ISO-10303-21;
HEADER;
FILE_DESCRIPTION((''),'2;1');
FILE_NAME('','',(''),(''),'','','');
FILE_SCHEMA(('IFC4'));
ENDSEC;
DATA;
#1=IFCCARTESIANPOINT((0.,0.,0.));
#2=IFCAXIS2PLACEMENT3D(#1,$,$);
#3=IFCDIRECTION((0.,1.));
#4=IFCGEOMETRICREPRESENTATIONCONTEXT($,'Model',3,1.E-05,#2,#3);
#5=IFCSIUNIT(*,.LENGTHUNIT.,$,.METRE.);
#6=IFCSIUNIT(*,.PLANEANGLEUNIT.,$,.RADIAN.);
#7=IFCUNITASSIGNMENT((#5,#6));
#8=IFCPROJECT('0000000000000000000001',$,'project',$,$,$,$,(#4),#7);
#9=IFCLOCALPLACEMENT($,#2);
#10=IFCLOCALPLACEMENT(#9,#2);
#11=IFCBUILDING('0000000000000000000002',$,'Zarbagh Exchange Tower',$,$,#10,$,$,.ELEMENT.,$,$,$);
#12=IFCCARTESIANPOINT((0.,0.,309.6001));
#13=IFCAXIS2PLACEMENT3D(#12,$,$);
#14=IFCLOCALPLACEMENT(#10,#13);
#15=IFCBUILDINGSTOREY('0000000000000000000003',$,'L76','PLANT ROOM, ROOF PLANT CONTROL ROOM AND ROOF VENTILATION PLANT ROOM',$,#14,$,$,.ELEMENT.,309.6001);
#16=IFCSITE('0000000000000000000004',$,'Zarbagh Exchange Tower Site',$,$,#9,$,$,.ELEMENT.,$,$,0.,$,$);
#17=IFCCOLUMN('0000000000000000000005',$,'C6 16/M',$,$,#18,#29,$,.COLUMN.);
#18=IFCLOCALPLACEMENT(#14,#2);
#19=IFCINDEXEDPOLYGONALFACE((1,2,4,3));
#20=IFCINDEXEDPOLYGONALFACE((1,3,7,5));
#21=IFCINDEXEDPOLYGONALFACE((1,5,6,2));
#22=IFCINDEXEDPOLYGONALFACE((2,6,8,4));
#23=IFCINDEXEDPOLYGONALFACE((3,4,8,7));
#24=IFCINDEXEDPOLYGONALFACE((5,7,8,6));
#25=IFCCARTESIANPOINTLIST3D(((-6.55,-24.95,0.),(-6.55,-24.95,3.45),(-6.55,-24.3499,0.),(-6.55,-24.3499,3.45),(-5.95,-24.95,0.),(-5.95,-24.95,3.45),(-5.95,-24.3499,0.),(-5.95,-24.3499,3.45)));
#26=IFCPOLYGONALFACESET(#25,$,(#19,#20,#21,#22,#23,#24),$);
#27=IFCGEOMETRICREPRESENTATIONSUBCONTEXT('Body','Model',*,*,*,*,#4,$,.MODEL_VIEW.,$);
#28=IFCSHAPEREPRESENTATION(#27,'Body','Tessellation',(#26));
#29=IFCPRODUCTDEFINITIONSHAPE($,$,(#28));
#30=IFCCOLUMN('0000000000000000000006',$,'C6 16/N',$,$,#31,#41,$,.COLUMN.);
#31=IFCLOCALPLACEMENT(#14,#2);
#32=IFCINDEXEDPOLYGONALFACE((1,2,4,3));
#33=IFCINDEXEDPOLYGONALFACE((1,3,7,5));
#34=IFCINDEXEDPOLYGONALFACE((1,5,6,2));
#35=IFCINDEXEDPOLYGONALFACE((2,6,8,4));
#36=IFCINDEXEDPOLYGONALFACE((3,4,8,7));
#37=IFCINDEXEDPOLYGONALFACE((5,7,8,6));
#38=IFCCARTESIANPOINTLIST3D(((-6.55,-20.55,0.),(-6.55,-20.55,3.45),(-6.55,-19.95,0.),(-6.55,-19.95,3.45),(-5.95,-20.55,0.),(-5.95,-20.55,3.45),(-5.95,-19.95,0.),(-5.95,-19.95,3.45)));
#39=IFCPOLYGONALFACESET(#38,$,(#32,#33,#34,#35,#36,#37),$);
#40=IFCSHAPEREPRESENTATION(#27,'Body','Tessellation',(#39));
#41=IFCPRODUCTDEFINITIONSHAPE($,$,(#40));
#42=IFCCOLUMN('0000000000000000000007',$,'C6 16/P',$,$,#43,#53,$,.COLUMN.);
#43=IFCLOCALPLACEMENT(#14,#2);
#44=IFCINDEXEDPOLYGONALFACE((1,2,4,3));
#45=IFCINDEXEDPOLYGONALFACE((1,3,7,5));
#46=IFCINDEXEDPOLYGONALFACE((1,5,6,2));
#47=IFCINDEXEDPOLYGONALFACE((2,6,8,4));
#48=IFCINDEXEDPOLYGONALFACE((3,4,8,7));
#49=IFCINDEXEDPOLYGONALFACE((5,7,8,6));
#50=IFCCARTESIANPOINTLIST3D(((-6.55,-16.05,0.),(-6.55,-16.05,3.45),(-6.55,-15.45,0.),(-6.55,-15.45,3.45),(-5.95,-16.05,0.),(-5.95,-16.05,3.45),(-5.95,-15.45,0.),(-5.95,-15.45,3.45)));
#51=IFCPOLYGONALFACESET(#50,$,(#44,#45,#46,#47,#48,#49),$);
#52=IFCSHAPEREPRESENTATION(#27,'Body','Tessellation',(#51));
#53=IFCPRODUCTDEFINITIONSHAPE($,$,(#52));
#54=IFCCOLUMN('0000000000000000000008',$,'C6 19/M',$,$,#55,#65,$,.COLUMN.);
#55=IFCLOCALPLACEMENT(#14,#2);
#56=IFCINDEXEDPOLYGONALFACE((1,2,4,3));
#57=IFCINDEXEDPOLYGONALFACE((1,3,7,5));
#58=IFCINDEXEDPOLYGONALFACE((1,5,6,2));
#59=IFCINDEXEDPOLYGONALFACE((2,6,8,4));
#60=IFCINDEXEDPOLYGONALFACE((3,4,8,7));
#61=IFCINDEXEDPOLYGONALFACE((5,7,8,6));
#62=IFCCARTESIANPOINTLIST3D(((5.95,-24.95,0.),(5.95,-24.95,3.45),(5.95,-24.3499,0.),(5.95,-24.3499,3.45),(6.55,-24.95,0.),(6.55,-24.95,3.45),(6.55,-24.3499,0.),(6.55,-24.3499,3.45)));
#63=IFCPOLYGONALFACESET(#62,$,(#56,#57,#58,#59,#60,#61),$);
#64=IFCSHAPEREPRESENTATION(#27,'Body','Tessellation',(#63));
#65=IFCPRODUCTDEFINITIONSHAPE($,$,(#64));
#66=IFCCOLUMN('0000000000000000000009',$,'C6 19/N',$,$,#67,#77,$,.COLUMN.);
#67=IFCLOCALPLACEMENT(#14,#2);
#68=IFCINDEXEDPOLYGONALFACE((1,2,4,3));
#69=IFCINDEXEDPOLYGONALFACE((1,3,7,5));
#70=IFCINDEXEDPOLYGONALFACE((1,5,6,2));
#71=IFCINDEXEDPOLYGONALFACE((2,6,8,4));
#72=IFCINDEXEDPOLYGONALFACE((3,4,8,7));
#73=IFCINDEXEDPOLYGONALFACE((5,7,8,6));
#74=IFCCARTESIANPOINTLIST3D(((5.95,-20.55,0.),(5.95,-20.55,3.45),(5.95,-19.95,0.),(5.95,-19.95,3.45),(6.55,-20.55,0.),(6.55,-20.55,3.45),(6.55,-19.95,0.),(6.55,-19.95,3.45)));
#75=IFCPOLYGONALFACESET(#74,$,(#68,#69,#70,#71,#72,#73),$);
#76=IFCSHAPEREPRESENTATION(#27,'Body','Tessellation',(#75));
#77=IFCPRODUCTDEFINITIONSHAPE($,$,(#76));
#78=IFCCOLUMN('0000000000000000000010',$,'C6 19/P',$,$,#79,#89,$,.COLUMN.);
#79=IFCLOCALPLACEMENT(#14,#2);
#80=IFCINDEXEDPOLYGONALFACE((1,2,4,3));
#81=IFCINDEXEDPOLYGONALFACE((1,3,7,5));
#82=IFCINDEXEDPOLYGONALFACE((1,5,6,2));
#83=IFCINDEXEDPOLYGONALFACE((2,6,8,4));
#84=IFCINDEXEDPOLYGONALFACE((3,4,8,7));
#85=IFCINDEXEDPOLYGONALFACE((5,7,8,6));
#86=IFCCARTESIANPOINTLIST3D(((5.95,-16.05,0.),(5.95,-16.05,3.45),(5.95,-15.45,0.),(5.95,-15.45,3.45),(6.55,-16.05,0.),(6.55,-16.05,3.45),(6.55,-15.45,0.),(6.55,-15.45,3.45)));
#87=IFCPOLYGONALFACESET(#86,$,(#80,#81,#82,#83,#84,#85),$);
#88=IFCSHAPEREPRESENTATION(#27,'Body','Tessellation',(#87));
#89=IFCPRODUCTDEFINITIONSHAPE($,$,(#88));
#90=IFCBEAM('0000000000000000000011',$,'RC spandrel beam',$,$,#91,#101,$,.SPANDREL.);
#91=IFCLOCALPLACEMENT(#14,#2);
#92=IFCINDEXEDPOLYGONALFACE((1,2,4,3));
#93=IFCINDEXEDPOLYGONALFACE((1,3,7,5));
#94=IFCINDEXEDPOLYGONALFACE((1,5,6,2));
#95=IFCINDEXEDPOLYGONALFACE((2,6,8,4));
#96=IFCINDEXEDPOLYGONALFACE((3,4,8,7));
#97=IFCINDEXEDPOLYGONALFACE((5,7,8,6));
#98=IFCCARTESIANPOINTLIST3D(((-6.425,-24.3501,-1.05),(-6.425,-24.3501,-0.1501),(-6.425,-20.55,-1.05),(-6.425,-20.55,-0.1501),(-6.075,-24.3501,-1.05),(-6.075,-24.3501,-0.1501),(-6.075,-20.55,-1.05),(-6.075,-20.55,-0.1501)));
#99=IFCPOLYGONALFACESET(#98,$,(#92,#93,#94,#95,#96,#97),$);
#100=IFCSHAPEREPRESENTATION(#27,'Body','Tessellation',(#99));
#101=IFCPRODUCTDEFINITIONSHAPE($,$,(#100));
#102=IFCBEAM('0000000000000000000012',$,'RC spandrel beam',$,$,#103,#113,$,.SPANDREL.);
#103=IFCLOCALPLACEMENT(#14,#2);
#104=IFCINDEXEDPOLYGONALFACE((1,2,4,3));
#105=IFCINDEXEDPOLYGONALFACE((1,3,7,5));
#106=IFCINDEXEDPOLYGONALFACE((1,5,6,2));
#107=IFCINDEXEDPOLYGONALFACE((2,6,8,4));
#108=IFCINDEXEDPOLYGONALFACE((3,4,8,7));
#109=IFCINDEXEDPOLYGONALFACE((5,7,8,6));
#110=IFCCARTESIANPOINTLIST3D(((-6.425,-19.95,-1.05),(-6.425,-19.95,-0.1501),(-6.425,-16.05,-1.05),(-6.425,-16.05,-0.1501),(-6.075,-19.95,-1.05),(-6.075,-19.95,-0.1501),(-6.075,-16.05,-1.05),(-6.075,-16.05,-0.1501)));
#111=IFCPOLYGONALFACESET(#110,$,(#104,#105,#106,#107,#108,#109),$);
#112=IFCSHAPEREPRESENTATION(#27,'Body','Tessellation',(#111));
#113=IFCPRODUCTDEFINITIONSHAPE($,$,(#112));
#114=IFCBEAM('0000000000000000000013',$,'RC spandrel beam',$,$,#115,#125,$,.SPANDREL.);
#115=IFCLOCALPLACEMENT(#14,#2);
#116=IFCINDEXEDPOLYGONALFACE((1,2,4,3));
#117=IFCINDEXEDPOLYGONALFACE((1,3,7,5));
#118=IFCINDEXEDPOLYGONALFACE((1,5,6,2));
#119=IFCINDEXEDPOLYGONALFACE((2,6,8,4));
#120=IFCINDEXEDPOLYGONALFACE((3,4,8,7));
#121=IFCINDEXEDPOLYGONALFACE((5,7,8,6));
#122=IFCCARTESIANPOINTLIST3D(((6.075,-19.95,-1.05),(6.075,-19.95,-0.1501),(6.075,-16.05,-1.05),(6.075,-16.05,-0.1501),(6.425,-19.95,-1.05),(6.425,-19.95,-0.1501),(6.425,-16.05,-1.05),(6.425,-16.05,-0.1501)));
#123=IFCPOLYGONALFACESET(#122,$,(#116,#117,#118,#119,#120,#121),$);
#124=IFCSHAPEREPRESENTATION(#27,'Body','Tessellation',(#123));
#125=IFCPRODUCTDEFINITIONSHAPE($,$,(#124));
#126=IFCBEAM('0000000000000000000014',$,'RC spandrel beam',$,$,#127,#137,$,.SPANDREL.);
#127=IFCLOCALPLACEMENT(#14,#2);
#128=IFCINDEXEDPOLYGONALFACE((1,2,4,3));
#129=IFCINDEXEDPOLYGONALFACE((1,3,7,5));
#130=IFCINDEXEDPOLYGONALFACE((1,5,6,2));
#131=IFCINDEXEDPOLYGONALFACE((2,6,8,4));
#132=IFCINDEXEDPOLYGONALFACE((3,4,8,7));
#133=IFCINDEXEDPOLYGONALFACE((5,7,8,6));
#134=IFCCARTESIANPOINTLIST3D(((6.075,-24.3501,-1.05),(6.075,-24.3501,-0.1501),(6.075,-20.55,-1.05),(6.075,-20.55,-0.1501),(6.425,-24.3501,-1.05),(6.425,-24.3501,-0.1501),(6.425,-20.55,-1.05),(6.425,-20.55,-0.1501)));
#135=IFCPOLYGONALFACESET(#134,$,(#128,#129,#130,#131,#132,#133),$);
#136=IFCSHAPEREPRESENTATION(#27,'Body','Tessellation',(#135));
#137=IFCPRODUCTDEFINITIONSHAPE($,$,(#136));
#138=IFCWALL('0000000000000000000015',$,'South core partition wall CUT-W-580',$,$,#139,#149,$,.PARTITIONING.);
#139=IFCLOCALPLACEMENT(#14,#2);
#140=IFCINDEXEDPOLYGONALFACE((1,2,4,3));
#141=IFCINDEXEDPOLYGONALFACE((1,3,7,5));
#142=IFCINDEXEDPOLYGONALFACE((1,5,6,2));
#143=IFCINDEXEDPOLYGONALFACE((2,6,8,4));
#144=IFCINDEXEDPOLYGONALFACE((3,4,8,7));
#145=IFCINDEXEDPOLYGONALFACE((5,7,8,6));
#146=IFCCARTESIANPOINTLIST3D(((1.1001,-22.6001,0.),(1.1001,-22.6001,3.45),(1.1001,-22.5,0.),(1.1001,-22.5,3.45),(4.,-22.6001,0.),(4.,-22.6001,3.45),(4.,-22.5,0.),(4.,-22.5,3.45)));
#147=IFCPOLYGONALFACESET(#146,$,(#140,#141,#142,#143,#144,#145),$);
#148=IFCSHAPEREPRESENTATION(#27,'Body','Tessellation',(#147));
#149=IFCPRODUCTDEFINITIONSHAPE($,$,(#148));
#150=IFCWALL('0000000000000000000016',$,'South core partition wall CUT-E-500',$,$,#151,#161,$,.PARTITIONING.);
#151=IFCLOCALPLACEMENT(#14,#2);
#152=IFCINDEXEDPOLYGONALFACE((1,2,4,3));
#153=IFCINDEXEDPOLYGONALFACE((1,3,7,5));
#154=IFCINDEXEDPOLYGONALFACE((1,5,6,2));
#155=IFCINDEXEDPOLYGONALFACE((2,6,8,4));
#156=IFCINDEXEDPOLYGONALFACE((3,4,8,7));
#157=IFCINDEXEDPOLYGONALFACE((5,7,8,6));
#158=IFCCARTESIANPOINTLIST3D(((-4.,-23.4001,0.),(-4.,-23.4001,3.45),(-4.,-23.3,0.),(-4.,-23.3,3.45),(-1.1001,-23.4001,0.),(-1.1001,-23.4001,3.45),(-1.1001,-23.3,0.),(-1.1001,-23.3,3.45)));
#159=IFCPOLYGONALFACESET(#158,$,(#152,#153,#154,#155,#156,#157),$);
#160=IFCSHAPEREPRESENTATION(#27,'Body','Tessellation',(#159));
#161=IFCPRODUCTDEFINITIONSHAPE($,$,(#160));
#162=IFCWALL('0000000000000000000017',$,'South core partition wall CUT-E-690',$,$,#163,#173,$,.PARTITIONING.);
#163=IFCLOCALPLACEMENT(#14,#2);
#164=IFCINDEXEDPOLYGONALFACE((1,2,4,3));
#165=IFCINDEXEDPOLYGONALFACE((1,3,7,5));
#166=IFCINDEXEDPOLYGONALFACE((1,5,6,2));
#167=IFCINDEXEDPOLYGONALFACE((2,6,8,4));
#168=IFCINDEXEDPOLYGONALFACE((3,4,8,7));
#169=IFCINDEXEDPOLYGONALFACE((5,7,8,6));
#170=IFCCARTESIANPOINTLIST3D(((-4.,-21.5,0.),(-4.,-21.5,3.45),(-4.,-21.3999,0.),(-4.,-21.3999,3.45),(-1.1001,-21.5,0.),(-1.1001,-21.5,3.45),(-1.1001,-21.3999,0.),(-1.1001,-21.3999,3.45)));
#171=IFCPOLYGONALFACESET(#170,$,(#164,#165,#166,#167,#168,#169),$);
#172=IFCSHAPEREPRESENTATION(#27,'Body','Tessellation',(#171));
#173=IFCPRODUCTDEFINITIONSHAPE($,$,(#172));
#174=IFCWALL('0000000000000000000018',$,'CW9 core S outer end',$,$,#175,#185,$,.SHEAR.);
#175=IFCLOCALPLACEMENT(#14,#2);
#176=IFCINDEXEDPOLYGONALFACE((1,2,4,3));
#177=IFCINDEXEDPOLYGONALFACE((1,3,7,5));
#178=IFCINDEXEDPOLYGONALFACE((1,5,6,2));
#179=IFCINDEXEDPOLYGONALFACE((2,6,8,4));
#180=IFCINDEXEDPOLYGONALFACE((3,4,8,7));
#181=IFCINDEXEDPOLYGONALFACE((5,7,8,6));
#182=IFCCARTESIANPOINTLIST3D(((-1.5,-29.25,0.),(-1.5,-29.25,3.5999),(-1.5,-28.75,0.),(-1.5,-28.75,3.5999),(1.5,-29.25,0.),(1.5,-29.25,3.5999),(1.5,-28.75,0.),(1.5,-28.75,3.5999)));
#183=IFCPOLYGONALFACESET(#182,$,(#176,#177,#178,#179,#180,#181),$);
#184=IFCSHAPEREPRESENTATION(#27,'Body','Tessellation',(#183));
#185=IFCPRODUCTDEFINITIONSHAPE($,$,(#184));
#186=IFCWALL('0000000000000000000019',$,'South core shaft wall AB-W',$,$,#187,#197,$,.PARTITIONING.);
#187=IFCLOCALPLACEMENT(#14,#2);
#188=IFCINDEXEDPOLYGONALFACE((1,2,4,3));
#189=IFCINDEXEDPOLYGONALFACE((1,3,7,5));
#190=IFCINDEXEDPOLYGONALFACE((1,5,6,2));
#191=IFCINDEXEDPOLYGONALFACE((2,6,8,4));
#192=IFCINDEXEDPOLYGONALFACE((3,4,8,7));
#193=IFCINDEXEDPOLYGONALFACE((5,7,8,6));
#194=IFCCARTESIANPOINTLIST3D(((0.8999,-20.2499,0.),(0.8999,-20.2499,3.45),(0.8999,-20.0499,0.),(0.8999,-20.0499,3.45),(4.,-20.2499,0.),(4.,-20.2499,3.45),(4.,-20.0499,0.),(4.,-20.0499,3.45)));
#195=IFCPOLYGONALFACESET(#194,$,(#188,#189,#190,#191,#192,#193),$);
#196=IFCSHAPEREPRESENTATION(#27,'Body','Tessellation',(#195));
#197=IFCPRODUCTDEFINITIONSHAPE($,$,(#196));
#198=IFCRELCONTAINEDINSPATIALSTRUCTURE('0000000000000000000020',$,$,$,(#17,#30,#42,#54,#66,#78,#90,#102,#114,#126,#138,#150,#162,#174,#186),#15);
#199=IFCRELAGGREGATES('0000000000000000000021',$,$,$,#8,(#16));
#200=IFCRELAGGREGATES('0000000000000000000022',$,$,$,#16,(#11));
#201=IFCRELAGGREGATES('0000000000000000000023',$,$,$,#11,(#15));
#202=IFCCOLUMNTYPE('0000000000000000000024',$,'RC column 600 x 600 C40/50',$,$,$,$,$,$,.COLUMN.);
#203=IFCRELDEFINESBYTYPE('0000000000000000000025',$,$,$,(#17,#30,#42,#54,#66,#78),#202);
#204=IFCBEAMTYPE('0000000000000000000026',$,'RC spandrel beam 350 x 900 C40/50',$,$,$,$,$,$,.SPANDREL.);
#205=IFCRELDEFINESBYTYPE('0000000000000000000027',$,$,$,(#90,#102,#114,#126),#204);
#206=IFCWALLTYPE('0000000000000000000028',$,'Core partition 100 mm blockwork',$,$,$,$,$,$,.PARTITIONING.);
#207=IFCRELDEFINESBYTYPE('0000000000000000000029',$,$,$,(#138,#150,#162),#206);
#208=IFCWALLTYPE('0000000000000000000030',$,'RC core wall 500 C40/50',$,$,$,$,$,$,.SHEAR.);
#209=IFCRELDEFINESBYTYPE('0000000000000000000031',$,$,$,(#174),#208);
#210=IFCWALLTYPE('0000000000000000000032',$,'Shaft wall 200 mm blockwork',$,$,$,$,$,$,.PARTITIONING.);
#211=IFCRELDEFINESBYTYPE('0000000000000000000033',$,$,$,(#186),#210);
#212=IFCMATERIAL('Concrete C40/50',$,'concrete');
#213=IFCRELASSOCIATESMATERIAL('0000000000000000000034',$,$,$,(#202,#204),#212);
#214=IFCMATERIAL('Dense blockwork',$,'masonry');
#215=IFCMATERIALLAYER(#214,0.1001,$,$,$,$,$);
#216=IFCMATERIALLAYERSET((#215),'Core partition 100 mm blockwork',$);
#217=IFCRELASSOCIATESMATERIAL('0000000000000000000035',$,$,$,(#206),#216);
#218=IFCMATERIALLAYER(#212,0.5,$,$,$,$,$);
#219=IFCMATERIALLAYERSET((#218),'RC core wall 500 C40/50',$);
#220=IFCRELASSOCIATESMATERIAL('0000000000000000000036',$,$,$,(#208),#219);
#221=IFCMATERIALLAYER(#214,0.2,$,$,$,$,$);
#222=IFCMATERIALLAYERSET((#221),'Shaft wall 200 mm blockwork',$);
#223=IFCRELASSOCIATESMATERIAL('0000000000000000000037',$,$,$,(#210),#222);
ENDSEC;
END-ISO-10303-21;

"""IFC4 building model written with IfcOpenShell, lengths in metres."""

from ifc_helpers import new_model, si_unit, direction, frame, frame_2d, origin, origin_2d, place, context, subcontext, project, spatial, rectangle, extrude, material, layer, layer_set, material_profile, profile_set, type_object, element, save


model = new_model("IFC4")

# Units and contexts
model_context = context("Model", 3, precision=1e-05, world=origin(), true_north=direction((0.0, 1.0)))
body_context = subcontext(model_context, "Body", "Model", "MODEL_VIEW")
ifc_project = project(units=[si_unit("LENGTHUNIT", "METRE"), si_unit("PLANEANGLEUNIT", "RADIAN")], contexts=[model_context])

# Site, building, storey
site_placement = place(None, origin())
site = spatial("IfcSite", under=ifc_project, at=site_placement, Name="Zarbagh Exchange Tower Site", CompositionType="ELEMENT", RefElevation=0.0)
building_placement = place(site_placement, origin())
building = spatial("IfcBuilding", under=site, at=building_placement, Name="Zarbagh Exchange Tower", CompositionType="ELEMENT")
storey_placement = place(building_placement, frame((0.0, 0.0, 309.6001)))
storey = spatial("IfcBuildingStorey", under=building, at=storey_placement, Name="L76", Description="PLANT ROOM, ROOF PLANT CONTROL ROOM AND ROOF VENTILATION PLANT ROOM", CompositionType="ELEMENT", Elevation=309.6001)

# Columns
ifc_material_1 = material(Name="Concrete C40/50", Category="concrete")
ifc_material_profile_1 = material_profile(ifc_material_1, rectangle(XDim=0.6001, YDim=0.6001, at=origin_2d()), Name="RC column 600 x 600 C40/50")
ifc_profile_set_1 = profile_set([ifc_material_profile_1], Name="Concrete C40/50")
column_type = type_object("IfcColumnType", Name="RC column 600 x 600 C40/50", PredefinedType="COLUMN", material=ifc_profile_set_1)
for number, where, z_axis, x_axis, name in (
    (1, (-6.25, -24.6499, 0.0), (0.0, 0.0, 1.0), (1.0, 0.0, 0.0), "C6 16/M"),
    (2, (-6.25, -20.25, 0.0), (0.0, 0.0, 1.0), (1.0, 0.0, 0.0), "C6 16/N"),
    (3, (-6.25, -15.75, 0.0), (0.0, 0.0, 1.0), (1.0, 0.0, 0.0), "C6 16/P"),
    (4, (6.25, -24.6499, 0.0), (0.0, 0.0, 1.0), (1.0, 0.0, 0.0), "C6 19/M"),
    (5, (6.25, -20.25, 0.0), (0.0, 0.0, 1.0), (1.0, 0.0, 0.0), "C6 19/N"),
    (6, (6.25, -15.75, 0.0), (0.0, 0.0, 1.0), (1.0, 0.0, 0.0), "C6 19/P"),
):
    element("IfcColumn", number, at=place(storey_placement, frame(where, z_axis=z_axis, x_axis=x_axis)), inside=storey, type_object=column_type, Name=name, PredefinedType="COLUMN", context=body_context, shape_type="SweptSolid", body=[
        extrude(rectangle(XDim=0.6001, YDim=0.6001, at=origin_2d()), origin(), (0.0, 0.0, 1.0), 3.45),
    ])

# Beams
ifc_material_profile_2 = material_profile(ifc_material_1, rectangle(XDim=0.3501, YDim=0.8999, at=origin_2d()), Name="RC spandrel beam 350 x 900 C40/50")
ifc_profile_set_2 = profile_set([ifc_material_profile_2], Name="Concrete C40/50")
beam_type = type_object("IfcBeamType", Name="RC spandrel beam 350 x 900 C40/50", PredefinedType="SPANDREL", material=ifc_profile_set_2)
beam_1_placement = place(storey_placement, frame((-6.25, -24.3501, -0.6001), z_axis=(0.0, 1.0, 0.0), x_axis=(-1.0, 0.0, 0.0)))
element("IfcBeam", 7, at=beam_1_placement, inside=storey, type_object=beam_type, Name="RC spandrel beam", PredefinedType="SPANDREL", context=body_context, shape_type="SweptSolid", body=[
    extrude(rectangle(XDim=0.3501, YDim=0.8999, at=origin_2d()), origin(), (0.0, 0.0, 1.0), 3.8),
])
for number, where, z_axis, x_axis, name in (
    (8, (-6.25, -19.95, -0.6001), (0.0, 1.0, 0.0), (-1.0, 0.0, 0.0), "RC spandrel beam"),
    (9, (6.25, -16.05, -0.6001), (0.0, -1.0, 0.0), (1.0, 0.0, 0.0), "RC spandrel beam"),
):
    element("IfcBeam", number, at=place(storey_placement, frame(where, z_axis=z_axis, x_axis=x_axis)), inside=storey, type_object=beam_type, Name=name, PredefinedType="SPANDREL", context=body_context, shape_type="SweptSolid", body=[
        extrude(rectangle(XDim=0.3501, YDim=0.8999, at=origin_2d()), origin(), (0.0, 0.0, 1.0), 3.8999),
    ])
beam_2_placement = place(storey_placement, frame((6.25, -20.55, -0.6001), z_axis=(0.0, -1.0, 0.0), x_axis=(1.0, 0.0, 0.0)))
element("IfcBeam", 10, at=beam_2_placement, inside=storey, type_object=beam_type, Name="RC spandrel beam", PredefinedType="SPANDREL", context=body_context, shape_type="SweptSolid", body=[
    extrude(rectangle(XDim=0.3501, YDim=0.8999, at=origin_2d()), origin(), (0.0, 0.0, 1.0), 3.8),
])

# Walls
ifc_material_2 = material(Name="Dense blockwork", Category="masonry")
ifc_layer_1 = layer(ifc_material_2, 0.1001)
ifc_layer_set_1 = layer_set([ifc_layer_1], Name="Core partition 100 mm blockwork")
wall_type_1 = type_object("IfcWallType", Name="Core partition 100 mm blockwork", PredefinedType="PARTITIONING", material=ifc_layer_set_1)
for number, where, z_axis, x_axis, name in (
    (11, (4.0, -22.55, 0.0), (0.0, 0.0, 1.0), (-1.0, 0.0, 0.0), "South core partition wall CUT-W-580"),
    (12, (-1.1001, -23.3501, 0.0), (0.0, 0.0, 1.0), (-1.0, 0.0, 0.0), "South core partition wall CUT-E-500"),
    (13, (-1.1001, -21.45, 0.0), (0.0, 0.0, 1.0), (-1.0, 0.0, 0.0), "South core partition wall CUT-E-690"),
):
    element("IfcWall", number, at=place(storey_placement, frame(where, z_axis=z_axis, x_axis=x_axis)), inside=storey, type_object=wall_type_1, Name=name, PredefinedType="PARTITIONING", context=body_context, shape_type="SweptSolid", body=[
        extrude(rectangle(XDim=2.8999, YDim=0.1001, at=frame_2d((1.45, 0.0))), origin(), (0.0, 0.0, 1.0), 3.45),
    ])
ifc_layer_2 = layer(ifc_material_1, 0.5)
ifc_layer_set_2 = layer_set([ifc_layer_2], Name="RC core wall 500 C40/50")
wall_type_2 = type_object("IfcWallType", Name="RC core wall 500 C40/50", PredefinedType="SHEAR", material=ifc_layer_set_2)
wall_1_placement = place(storey_placement, frame((-1.5, -29.0, 0.0), z_axis=(0.0, 0.0, 1.0), x_axis=(1.0, 0.0, 0.0)))
element("IfcWall", 14, at=wall_1_placement, inside=storey, type_object=wall_type_2, Name="CW9 core S outer end", PredefinedType="SHEAR", context=body_context, shape_type="SweptSolid", body=[
    extrude(rectangle(XDim=3.0, YDim=0.5, at=frame_2d((1.5, 0.0))), origin(), (0.0, 0.0, 1.0), 3.5999),
])
ifc_layer_3 = layer(ifc_material_2, 0.2)
ifc_layer_set_3 = layer_set([ifc_layer_3], Name="Shaft wall 200 mm blockwork")
wall_type_3 = type_object("IfcWallType", Name="Shaft wall 200 mm blockwork", PredefinedType="PARTITIONING", material=ifc_layer_set_3)
wall_2_placement = place(storey_placement, frame((4.0, -20.1499, 0.0), z_axis=(0.0, 0.0, 1.0), x_axis=(-1.0, 0.0, 0.0)))
element("IfcWall", 15, at=wall_2_placement, inside=storey, type_object=wall_type_3, Name="South core shaft wall AB-W", PredefinedType="PARTITIONING", context=body_context, shape_type="SweptSolid", body=[
    extrude(rectangle(XDim=3.1001, YDim=0.2, at=frame_2d((1.55, 0.0))), origin(), (0.0, 0.0, 1.0), 3.45),
])

save(model, "model.ifc")
